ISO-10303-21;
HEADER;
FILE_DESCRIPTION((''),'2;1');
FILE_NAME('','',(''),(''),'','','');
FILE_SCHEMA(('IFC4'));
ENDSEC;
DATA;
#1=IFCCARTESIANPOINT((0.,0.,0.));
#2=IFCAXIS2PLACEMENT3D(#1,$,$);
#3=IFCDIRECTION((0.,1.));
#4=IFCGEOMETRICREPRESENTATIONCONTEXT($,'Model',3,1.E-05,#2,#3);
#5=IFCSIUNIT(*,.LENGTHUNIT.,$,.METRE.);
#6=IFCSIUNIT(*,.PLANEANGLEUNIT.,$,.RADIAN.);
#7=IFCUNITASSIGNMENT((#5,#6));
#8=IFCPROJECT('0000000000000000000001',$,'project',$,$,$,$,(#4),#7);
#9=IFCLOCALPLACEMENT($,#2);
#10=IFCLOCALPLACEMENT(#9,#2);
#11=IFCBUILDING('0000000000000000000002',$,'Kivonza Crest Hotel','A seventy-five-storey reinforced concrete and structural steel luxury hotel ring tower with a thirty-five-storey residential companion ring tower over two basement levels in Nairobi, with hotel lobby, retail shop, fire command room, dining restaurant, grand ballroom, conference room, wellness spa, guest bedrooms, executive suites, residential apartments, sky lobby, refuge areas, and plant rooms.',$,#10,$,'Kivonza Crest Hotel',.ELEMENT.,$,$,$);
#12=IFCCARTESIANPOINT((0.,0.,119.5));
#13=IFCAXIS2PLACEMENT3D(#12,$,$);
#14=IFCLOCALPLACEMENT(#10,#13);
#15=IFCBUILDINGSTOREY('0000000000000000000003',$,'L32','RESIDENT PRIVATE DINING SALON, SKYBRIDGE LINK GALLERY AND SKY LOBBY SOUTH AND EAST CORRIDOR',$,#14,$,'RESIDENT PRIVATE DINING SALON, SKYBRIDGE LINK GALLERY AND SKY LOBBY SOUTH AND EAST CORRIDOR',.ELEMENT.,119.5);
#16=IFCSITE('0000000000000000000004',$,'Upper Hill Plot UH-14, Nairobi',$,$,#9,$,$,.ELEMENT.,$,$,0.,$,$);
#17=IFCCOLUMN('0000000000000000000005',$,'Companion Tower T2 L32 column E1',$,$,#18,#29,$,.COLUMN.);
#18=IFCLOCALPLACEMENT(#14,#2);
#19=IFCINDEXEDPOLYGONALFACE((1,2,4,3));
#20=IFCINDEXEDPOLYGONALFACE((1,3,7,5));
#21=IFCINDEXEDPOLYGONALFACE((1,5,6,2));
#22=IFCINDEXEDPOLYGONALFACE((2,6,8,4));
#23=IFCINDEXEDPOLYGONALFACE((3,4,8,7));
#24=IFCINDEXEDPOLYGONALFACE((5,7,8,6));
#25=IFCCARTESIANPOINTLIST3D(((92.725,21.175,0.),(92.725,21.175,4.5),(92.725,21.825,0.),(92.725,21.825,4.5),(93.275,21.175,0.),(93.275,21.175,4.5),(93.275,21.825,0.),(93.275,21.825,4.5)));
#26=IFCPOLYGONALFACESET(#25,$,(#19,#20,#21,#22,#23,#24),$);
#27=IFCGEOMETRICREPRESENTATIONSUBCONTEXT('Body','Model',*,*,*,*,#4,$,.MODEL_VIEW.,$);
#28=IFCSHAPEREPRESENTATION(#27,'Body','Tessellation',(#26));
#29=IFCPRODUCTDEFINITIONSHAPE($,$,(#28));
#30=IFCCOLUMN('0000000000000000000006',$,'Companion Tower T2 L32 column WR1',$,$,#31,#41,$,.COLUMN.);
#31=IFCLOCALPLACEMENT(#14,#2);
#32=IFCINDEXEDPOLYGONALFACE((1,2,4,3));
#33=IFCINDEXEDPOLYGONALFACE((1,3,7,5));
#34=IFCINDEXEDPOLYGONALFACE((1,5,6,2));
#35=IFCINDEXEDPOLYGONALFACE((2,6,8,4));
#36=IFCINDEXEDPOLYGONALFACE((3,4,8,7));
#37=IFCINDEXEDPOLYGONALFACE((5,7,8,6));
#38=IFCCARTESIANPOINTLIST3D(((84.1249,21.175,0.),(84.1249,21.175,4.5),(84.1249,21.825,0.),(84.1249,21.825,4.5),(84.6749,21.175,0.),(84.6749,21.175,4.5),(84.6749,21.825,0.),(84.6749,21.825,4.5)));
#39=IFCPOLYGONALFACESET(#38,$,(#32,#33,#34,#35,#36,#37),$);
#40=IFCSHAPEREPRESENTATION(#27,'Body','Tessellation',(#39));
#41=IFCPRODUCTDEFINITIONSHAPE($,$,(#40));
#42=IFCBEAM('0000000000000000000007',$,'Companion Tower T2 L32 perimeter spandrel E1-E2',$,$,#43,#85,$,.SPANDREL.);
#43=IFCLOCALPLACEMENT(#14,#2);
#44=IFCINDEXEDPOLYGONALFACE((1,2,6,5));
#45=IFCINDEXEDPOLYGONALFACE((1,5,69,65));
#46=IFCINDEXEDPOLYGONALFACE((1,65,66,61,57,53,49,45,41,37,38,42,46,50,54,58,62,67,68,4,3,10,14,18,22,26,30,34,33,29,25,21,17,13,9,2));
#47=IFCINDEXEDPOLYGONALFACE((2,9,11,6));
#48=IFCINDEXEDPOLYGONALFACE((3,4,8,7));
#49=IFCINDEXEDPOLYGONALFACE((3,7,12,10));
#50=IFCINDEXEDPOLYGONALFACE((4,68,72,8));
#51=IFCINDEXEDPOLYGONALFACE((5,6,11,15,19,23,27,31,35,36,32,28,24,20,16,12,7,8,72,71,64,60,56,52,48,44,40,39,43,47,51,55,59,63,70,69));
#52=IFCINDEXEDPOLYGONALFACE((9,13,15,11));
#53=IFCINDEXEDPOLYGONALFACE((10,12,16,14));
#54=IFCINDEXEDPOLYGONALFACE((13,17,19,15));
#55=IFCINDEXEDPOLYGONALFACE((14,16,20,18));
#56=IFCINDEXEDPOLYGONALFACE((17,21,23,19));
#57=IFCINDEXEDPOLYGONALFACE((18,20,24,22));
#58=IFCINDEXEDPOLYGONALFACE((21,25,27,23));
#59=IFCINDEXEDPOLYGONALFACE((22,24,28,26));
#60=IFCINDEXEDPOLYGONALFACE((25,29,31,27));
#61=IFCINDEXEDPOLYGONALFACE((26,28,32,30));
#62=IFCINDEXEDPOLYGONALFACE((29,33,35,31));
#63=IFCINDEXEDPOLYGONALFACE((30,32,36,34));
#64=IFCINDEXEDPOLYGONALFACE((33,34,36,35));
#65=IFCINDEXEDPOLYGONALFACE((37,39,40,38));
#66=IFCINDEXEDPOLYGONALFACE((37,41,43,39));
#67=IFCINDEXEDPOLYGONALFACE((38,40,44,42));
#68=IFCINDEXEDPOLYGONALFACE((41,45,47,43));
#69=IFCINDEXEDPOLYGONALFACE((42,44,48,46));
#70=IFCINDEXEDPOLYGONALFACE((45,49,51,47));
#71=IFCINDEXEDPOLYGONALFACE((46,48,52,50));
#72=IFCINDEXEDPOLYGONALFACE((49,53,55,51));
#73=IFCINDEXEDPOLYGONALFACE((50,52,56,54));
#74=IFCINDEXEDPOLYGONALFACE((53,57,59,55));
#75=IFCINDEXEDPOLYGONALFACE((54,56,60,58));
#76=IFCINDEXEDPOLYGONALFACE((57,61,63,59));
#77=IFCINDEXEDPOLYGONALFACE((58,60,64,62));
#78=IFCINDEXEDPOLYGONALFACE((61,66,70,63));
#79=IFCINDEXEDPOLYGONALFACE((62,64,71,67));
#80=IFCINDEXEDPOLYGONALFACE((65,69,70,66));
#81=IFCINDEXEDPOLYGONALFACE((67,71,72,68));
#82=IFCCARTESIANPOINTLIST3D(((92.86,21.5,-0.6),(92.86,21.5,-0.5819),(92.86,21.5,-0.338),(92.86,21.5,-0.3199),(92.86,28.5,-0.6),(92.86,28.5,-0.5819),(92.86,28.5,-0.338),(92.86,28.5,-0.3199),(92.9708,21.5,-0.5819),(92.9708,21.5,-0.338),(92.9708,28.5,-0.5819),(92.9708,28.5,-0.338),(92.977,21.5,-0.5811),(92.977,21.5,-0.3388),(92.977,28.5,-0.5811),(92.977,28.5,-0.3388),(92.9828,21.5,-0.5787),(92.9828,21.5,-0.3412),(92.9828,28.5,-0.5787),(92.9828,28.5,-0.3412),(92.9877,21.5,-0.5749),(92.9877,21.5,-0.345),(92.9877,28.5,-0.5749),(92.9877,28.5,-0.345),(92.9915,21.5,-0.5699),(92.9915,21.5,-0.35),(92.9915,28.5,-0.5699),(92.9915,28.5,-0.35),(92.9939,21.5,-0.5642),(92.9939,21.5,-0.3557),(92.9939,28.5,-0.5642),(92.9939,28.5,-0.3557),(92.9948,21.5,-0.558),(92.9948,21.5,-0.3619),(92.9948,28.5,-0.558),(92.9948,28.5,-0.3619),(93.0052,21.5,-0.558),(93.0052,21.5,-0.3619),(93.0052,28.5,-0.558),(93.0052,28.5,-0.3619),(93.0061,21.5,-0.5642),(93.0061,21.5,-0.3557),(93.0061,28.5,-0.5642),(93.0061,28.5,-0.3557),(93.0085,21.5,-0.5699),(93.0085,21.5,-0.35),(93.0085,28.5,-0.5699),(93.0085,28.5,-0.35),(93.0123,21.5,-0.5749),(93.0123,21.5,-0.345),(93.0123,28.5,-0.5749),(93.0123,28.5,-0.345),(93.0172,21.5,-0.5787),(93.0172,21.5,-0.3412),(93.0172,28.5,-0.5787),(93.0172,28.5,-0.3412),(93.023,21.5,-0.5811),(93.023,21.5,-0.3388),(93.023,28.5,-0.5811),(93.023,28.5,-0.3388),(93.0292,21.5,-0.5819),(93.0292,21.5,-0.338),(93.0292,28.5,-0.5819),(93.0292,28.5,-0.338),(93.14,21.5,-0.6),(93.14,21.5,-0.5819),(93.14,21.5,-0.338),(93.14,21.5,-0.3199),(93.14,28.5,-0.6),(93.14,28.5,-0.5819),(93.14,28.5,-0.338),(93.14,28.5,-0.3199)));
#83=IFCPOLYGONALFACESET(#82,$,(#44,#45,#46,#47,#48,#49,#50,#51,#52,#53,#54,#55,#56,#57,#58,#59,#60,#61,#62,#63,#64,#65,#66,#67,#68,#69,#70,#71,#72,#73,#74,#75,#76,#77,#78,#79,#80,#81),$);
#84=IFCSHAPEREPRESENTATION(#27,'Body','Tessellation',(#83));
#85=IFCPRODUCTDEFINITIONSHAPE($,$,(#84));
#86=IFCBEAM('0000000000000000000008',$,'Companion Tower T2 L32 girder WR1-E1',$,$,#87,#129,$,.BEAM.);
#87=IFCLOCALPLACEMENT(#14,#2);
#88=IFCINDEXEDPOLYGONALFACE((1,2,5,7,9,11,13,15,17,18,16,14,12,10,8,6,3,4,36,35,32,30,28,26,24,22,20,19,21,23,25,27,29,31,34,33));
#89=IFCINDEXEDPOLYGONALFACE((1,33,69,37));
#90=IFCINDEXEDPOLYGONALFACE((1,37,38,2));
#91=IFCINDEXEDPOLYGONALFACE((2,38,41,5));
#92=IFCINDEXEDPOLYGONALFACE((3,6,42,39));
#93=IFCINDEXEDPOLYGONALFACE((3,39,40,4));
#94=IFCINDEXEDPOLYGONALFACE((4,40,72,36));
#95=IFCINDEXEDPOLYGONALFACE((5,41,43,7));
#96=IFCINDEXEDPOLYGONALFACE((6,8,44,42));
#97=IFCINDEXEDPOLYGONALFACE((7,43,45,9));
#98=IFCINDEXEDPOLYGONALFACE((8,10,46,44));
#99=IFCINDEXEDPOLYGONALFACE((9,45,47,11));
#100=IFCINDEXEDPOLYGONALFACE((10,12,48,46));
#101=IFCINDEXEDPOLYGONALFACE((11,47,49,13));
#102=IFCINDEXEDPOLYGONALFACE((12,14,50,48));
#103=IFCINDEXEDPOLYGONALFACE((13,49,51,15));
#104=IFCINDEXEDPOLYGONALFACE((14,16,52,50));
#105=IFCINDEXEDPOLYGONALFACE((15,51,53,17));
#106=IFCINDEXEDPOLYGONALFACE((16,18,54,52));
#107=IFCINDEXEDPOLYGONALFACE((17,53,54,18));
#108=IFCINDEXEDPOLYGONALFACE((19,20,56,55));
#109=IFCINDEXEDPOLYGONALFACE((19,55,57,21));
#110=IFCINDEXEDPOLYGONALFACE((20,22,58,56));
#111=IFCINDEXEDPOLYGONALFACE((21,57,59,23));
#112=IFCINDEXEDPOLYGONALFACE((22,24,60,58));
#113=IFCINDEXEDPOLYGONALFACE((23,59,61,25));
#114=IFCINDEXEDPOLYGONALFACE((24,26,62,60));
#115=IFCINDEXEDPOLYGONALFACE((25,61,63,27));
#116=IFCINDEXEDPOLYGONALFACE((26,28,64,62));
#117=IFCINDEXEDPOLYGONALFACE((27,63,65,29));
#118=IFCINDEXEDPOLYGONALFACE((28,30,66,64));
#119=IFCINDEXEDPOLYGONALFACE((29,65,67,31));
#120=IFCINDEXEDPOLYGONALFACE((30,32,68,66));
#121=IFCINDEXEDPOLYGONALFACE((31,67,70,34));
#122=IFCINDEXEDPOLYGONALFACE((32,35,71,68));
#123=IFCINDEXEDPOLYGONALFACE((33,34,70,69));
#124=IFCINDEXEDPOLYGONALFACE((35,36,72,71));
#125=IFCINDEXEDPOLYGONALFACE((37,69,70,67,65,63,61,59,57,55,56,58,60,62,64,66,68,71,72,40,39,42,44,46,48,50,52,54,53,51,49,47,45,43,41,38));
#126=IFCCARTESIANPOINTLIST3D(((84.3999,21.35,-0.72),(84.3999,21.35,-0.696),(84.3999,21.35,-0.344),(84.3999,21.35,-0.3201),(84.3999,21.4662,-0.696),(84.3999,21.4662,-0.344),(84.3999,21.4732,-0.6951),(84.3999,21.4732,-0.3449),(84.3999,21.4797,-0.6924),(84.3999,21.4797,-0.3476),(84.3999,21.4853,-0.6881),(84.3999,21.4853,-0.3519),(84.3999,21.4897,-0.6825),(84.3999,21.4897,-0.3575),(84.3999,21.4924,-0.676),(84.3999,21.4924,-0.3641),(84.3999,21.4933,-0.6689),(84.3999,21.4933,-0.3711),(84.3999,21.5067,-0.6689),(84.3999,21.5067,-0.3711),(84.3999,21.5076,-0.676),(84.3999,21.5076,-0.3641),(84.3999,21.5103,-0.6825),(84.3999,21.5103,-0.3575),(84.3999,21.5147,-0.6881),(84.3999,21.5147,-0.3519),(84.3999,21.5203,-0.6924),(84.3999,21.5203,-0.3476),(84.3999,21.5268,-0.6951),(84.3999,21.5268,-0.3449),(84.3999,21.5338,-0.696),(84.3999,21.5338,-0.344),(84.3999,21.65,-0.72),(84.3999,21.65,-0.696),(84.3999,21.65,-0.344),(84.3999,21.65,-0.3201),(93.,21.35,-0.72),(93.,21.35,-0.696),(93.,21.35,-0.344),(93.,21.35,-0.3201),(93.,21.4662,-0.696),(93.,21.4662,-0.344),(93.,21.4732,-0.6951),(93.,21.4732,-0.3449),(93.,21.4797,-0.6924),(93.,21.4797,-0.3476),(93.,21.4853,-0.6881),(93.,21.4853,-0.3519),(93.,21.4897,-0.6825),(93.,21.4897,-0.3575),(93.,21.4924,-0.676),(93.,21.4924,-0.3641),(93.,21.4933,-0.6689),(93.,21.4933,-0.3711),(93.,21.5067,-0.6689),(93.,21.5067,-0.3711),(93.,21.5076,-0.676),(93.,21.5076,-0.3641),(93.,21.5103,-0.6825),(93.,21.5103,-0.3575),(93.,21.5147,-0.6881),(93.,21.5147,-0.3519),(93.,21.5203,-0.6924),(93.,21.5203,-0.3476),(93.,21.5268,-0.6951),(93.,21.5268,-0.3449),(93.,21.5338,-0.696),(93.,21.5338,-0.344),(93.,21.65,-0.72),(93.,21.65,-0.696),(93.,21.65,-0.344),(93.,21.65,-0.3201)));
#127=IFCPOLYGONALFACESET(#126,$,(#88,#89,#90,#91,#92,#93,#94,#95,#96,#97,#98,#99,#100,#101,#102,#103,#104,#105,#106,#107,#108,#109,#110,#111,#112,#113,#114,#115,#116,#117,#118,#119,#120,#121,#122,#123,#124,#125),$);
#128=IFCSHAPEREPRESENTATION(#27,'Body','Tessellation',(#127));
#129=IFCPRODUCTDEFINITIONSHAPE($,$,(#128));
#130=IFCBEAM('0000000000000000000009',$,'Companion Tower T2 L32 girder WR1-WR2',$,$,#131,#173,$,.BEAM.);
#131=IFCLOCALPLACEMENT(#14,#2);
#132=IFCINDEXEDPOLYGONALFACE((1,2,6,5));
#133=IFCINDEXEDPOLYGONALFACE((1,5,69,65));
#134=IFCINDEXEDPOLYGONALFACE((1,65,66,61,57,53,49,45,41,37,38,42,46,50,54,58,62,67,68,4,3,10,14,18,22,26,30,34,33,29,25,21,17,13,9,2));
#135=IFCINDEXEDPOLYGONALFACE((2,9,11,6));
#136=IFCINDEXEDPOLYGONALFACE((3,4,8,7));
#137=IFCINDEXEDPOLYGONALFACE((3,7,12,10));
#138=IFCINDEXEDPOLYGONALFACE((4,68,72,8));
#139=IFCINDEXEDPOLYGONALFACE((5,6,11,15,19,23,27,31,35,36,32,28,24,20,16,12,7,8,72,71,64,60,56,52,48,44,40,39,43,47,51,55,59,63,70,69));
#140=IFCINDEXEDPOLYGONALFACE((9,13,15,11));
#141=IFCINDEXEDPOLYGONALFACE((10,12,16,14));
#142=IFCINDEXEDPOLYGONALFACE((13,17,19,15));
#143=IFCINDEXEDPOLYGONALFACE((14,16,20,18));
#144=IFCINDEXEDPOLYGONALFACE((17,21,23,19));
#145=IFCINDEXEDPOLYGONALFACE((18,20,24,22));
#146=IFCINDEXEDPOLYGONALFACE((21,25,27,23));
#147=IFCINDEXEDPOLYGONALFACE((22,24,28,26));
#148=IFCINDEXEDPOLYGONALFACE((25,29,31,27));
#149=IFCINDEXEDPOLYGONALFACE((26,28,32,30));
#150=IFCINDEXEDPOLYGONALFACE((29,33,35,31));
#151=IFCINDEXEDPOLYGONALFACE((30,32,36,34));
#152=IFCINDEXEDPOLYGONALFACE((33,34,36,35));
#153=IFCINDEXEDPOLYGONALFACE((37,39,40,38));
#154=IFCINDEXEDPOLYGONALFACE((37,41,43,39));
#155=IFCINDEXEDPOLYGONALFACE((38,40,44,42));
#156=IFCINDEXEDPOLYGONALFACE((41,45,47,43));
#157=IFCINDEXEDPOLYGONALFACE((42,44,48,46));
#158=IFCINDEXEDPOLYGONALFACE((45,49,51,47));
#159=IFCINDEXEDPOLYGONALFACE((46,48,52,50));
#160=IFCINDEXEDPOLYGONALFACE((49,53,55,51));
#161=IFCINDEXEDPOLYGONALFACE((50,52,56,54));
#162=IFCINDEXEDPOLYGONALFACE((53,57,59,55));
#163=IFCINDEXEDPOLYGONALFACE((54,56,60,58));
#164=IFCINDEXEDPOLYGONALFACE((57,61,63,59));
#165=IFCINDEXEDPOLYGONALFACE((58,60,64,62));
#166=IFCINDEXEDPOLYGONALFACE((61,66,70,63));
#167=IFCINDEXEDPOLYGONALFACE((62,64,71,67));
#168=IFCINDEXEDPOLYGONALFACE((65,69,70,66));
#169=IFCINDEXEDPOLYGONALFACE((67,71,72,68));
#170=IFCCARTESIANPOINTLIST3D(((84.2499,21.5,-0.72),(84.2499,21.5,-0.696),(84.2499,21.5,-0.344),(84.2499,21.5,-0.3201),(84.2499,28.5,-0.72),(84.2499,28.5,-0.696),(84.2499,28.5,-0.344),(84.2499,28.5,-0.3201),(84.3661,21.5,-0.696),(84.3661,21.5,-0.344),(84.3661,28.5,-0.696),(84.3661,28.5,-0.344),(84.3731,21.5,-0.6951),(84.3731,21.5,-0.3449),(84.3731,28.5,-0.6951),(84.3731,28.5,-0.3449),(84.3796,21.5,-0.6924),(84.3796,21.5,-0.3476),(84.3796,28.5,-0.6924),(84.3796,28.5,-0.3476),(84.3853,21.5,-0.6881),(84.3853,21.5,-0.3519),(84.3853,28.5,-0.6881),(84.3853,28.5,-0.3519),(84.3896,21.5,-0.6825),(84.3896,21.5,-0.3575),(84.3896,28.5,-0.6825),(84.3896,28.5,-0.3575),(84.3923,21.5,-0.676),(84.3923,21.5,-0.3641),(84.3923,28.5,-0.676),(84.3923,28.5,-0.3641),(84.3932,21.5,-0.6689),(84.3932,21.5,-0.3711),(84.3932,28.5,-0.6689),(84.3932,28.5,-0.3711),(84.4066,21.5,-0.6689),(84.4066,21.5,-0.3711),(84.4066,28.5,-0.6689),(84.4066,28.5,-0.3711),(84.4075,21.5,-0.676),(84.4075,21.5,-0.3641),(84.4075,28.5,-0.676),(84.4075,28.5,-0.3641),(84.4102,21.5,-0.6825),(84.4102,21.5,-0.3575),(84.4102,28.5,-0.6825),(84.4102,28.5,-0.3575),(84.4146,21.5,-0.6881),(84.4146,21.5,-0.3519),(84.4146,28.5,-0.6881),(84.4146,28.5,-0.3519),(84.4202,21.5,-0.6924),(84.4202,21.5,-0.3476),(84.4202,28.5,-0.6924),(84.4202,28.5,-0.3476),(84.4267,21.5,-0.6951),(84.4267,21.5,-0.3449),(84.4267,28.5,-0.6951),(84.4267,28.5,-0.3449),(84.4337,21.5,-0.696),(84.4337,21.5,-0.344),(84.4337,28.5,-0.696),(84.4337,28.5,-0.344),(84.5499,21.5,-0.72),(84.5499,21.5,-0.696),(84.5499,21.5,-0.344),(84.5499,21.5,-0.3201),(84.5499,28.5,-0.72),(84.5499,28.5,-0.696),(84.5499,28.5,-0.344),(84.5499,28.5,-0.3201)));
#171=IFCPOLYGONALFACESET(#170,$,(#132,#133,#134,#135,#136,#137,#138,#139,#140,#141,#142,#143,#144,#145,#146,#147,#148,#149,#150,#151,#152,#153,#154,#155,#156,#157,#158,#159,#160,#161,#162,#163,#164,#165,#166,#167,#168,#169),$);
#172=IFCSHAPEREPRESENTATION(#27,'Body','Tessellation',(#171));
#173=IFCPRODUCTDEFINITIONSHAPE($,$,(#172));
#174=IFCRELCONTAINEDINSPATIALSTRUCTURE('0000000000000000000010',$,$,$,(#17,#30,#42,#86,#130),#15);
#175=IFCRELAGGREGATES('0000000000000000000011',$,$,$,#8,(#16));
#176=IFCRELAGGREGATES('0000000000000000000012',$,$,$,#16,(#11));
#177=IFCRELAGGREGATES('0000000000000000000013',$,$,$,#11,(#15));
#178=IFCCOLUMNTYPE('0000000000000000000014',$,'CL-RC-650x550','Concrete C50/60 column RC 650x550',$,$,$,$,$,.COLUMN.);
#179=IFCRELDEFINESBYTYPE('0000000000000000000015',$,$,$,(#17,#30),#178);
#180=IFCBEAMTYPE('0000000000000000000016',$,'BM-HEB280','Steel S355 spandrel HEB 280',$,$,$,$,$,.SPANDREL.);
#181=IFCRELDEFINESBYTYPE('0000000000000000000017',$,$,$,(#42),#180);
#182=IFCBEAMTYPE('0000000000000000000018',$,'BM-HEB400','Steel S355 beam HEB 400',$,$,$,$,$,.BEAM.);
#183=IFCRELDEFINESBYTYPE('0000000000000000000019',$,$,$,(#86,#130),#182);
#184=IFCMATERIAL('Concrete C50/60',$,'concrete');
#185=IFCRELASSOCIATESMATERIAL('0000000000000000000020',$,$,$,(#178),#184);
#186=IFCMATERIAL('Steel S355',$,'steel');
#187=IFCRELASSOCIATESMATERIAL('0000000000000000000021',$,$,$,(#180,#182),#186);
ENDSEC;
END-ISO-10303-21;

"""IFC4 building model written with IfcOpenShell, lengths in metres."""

from ifc_helpers import new_model, si_unit, direction, frame, origin, origin_2d, place, context, subcontext, project, spatial, rectangle, i_section, extrude, material, material_profile, profile_set, type_object, element, save


model = new_model("IFC4")

# Units and contexts
model_context = context("Model", 3, precision=1e-05, world=origin(), true_north=direction((0.0, 1.0)))
body_context = subcontext(model_context, "Body", "Model", "MODEL_VIEW")
ifc_project = project(units=[si_unit("LENGTHUNIT", "METRE"), si_unit("PLANEANGLEUNIT", "RADIAN")], contexts=[model_context])

# Site, building, storey
site_placement = place(None, origin())
site = spatial("IfcSite", under=ifc_project, at=site_placement, Name="Upper Hill Plot UH-14, Nairobi", CompositionType="ELEMENT", RefElevation=0.0)
building_placement = place(site_placement, origin())
building = spatial("IfcBuilding", under=site, at=building_placement, Name="Kivonza Crest Hotel", Description="A seventy-five-storey reinforced concrete and structural steel luxury hotel ring tower with a thirty-five-storey residential companion ring tower over two basement levels in Nairobi, with hotel lobby, retail shop, fire command room, dining restaurant, grand ballroom, conference room, wellness spa, guest bedrooms, executive suites, residential apartments, sky lobby, refuge areas, and plant rooms.", LongName="Kivonza Crest Hotel", CompositionType="ELEMENT")
storey_placement = place(building_placement, frame((0.0, 0.0, 119.5)))
storey = spatial("IfcBuildingStorey", under=building, at=storey_placement, Name="L32", Description="RESIDENT PRIVATE DINING SALON, SKYBRIDGE LINK GALLERY AND SKY LOBBY SOUTH AND EAST CORRIDOR", LongName="RESIDENT PRIVATE DINING SALON, SKYBRIDGE LINK GALLERY AND SKY LOBBY SOUTH AND EAST CORRIDOR", CompositionType="ELEMENT", Elevation=119.5)

# Columns
ifc_material_1 = material(Name="Concrete C50/60", Category="concrete")
ifc_material_profile_1 = material_profile(ifc_material_1, rectangle(XDim=0.55, YDim=0.6499, at=origin_2d()), Name="RC 650x550")
ifc_profile_set_1 = profile_set([ifc_material_profile_1], Name="Concrete C50/60")
column_type = type_object("IfcColumnType", Name="CL-RC-650x550", Description="Concrete C50/60 column RC 650x550", PredefinedType="COLUMN", material=ifc_profile_set_1)
for number, where, z_axis, x_axis, name in (
    (1, (93.0, 21.5, 0.0), (0.0, 0.0, 1.0), (1.0, 0.0, 0.0), "Companion Tower T2 L32 column E1"),
    (2, (84.3999, 21.5, 0.0), (0.0, 0.0, 1.0), (1.0, 0.0, 0.0), "Companion Tower T2 L32 column WR1"),
):
    element("IfcColumn", number, at=place(storey_placement, frame(where, z_axis=z_axis, x_axis=x_axis)), inside=storey, type_object=column_type, Name=name, PredefinedType="COLUMN", context=body_context, shape_type="SweptSolid", body=[
        extrude(rectangle(XDim=0.55, YDim=0.6499, at=origin_2d()), origin(), (0.0, 0.0, 1.0), 4.5),
    ])

# Beams
ifc_material_2 = material(Name="Steel S355", Category="steel")
ifc_material_profile_2 = material_profile(ifc_material_2, i_section(OverallWidth=0.28, OverallDepth=0.28, WebThickness=0.0105, FlangeThickness=0.0181, FilletRadius=0.0239, at=origin_2d()), Name="HEB 280")
ifc_profile_set_2 = profile_set([ifc_material_profile_2], Name="Steel S355")
beam_type_1 = type_object("IfcBeamType", Name="BM-HEB280", Description="Steel S355 spandrel HEB 280", PredefinedType="SPANDREL", material=ifc_profile_set_2)
beam_1_placement = place(storey_placement, frame((93.0, 21.5, -0.46), z_axis=(0.0, 1.0, 0.0), x_axis=(-1.0, 0.0, 0.0)))
element("IfcBeam", 3, at=beam_1_placement, inside=storey, type_object=beam_type_1, Name="Companion Tower T2 L32 perimeter spandrel E1-E2", PredefinedType="SPANDREL", context=body_context, shape_type="SweptSolid", body=[
    extrude(i_section(OverallWidth=0.28, OverallDepth=0.28, WebThickness=0.0105, FlangeThickness=0.0181, FilletRadius=0.0239, at=origin_2d()), origin(), (0.0, 0.0, 1.0), 7.0),
])
ifc_material_profile_3 = material_profile(ifc_material_2, i_section(OverallWidth=0.3, OverallDepth=0.3999, WebThickness=0.0134, FlangeThickness=0.0239, FilletRadius=0.0271, at=origin_2d()), Name="HEB 400")
ifc_profile_set_3 = profile_set([ifc_material_profile_3], Name="Steel S355")
beam_type_2 = type_object("IfcBeamType", Name="BM-HEB400", Description="Steel S355 beam HEB 400", PredefinedType="BEAM", material=ifc_profile_set_3)
beam_2_placement = place(storey_placement, frame((84.3999, 21.5, -0.52), z_axis=(1.0, 0.0, 0.0), x_axis=(0.0, 1.0, 0.0)))
element("IfcBeam", 4, at=beam_2_placement, inside=storey, type_object=beam_type_2, Name="Companion Tower T2 L32 girder WR1-E1", PredefinedType="BEAM", context=body_context, shape_type="SweptSolid", body=[
    extrude(i_section(OverallWidth=0.3, OverallDepth=0.3999, WebThickness=0.0134, FlangeThickness=0.0239, FilletRadius=0.0271, at=origin_2d()), origin(), (0.0, 0.0, 1.0), 8.6001),
])
beam_3_placement = place(storey_placement, frame((84.3999, 21.5, -0.52), z_axis=(0.0, 1.0, 0.0), x_axis=(-1.0, 0.0, 0.0)))
element("IfcBeam", 5, at=beam_3_placement, inside=storey, type_object=beam_type_2, Name="Companion Tower T2 L32 girder WR1-WR2", PredefinedType="BEAM", context=body_context, shape_type="SweptSolid", body=[
    extrude(i_section(OverallWidth=0.3, OverallDepth=0.3999, WebThickness=0.0134, FlangeThickness=0.0239, FilletRadius=0.0271, at=origin_2d()), origin(), (0.0, 0.0, 1.0), 7.0),
])

save(model, "model.ifc")
